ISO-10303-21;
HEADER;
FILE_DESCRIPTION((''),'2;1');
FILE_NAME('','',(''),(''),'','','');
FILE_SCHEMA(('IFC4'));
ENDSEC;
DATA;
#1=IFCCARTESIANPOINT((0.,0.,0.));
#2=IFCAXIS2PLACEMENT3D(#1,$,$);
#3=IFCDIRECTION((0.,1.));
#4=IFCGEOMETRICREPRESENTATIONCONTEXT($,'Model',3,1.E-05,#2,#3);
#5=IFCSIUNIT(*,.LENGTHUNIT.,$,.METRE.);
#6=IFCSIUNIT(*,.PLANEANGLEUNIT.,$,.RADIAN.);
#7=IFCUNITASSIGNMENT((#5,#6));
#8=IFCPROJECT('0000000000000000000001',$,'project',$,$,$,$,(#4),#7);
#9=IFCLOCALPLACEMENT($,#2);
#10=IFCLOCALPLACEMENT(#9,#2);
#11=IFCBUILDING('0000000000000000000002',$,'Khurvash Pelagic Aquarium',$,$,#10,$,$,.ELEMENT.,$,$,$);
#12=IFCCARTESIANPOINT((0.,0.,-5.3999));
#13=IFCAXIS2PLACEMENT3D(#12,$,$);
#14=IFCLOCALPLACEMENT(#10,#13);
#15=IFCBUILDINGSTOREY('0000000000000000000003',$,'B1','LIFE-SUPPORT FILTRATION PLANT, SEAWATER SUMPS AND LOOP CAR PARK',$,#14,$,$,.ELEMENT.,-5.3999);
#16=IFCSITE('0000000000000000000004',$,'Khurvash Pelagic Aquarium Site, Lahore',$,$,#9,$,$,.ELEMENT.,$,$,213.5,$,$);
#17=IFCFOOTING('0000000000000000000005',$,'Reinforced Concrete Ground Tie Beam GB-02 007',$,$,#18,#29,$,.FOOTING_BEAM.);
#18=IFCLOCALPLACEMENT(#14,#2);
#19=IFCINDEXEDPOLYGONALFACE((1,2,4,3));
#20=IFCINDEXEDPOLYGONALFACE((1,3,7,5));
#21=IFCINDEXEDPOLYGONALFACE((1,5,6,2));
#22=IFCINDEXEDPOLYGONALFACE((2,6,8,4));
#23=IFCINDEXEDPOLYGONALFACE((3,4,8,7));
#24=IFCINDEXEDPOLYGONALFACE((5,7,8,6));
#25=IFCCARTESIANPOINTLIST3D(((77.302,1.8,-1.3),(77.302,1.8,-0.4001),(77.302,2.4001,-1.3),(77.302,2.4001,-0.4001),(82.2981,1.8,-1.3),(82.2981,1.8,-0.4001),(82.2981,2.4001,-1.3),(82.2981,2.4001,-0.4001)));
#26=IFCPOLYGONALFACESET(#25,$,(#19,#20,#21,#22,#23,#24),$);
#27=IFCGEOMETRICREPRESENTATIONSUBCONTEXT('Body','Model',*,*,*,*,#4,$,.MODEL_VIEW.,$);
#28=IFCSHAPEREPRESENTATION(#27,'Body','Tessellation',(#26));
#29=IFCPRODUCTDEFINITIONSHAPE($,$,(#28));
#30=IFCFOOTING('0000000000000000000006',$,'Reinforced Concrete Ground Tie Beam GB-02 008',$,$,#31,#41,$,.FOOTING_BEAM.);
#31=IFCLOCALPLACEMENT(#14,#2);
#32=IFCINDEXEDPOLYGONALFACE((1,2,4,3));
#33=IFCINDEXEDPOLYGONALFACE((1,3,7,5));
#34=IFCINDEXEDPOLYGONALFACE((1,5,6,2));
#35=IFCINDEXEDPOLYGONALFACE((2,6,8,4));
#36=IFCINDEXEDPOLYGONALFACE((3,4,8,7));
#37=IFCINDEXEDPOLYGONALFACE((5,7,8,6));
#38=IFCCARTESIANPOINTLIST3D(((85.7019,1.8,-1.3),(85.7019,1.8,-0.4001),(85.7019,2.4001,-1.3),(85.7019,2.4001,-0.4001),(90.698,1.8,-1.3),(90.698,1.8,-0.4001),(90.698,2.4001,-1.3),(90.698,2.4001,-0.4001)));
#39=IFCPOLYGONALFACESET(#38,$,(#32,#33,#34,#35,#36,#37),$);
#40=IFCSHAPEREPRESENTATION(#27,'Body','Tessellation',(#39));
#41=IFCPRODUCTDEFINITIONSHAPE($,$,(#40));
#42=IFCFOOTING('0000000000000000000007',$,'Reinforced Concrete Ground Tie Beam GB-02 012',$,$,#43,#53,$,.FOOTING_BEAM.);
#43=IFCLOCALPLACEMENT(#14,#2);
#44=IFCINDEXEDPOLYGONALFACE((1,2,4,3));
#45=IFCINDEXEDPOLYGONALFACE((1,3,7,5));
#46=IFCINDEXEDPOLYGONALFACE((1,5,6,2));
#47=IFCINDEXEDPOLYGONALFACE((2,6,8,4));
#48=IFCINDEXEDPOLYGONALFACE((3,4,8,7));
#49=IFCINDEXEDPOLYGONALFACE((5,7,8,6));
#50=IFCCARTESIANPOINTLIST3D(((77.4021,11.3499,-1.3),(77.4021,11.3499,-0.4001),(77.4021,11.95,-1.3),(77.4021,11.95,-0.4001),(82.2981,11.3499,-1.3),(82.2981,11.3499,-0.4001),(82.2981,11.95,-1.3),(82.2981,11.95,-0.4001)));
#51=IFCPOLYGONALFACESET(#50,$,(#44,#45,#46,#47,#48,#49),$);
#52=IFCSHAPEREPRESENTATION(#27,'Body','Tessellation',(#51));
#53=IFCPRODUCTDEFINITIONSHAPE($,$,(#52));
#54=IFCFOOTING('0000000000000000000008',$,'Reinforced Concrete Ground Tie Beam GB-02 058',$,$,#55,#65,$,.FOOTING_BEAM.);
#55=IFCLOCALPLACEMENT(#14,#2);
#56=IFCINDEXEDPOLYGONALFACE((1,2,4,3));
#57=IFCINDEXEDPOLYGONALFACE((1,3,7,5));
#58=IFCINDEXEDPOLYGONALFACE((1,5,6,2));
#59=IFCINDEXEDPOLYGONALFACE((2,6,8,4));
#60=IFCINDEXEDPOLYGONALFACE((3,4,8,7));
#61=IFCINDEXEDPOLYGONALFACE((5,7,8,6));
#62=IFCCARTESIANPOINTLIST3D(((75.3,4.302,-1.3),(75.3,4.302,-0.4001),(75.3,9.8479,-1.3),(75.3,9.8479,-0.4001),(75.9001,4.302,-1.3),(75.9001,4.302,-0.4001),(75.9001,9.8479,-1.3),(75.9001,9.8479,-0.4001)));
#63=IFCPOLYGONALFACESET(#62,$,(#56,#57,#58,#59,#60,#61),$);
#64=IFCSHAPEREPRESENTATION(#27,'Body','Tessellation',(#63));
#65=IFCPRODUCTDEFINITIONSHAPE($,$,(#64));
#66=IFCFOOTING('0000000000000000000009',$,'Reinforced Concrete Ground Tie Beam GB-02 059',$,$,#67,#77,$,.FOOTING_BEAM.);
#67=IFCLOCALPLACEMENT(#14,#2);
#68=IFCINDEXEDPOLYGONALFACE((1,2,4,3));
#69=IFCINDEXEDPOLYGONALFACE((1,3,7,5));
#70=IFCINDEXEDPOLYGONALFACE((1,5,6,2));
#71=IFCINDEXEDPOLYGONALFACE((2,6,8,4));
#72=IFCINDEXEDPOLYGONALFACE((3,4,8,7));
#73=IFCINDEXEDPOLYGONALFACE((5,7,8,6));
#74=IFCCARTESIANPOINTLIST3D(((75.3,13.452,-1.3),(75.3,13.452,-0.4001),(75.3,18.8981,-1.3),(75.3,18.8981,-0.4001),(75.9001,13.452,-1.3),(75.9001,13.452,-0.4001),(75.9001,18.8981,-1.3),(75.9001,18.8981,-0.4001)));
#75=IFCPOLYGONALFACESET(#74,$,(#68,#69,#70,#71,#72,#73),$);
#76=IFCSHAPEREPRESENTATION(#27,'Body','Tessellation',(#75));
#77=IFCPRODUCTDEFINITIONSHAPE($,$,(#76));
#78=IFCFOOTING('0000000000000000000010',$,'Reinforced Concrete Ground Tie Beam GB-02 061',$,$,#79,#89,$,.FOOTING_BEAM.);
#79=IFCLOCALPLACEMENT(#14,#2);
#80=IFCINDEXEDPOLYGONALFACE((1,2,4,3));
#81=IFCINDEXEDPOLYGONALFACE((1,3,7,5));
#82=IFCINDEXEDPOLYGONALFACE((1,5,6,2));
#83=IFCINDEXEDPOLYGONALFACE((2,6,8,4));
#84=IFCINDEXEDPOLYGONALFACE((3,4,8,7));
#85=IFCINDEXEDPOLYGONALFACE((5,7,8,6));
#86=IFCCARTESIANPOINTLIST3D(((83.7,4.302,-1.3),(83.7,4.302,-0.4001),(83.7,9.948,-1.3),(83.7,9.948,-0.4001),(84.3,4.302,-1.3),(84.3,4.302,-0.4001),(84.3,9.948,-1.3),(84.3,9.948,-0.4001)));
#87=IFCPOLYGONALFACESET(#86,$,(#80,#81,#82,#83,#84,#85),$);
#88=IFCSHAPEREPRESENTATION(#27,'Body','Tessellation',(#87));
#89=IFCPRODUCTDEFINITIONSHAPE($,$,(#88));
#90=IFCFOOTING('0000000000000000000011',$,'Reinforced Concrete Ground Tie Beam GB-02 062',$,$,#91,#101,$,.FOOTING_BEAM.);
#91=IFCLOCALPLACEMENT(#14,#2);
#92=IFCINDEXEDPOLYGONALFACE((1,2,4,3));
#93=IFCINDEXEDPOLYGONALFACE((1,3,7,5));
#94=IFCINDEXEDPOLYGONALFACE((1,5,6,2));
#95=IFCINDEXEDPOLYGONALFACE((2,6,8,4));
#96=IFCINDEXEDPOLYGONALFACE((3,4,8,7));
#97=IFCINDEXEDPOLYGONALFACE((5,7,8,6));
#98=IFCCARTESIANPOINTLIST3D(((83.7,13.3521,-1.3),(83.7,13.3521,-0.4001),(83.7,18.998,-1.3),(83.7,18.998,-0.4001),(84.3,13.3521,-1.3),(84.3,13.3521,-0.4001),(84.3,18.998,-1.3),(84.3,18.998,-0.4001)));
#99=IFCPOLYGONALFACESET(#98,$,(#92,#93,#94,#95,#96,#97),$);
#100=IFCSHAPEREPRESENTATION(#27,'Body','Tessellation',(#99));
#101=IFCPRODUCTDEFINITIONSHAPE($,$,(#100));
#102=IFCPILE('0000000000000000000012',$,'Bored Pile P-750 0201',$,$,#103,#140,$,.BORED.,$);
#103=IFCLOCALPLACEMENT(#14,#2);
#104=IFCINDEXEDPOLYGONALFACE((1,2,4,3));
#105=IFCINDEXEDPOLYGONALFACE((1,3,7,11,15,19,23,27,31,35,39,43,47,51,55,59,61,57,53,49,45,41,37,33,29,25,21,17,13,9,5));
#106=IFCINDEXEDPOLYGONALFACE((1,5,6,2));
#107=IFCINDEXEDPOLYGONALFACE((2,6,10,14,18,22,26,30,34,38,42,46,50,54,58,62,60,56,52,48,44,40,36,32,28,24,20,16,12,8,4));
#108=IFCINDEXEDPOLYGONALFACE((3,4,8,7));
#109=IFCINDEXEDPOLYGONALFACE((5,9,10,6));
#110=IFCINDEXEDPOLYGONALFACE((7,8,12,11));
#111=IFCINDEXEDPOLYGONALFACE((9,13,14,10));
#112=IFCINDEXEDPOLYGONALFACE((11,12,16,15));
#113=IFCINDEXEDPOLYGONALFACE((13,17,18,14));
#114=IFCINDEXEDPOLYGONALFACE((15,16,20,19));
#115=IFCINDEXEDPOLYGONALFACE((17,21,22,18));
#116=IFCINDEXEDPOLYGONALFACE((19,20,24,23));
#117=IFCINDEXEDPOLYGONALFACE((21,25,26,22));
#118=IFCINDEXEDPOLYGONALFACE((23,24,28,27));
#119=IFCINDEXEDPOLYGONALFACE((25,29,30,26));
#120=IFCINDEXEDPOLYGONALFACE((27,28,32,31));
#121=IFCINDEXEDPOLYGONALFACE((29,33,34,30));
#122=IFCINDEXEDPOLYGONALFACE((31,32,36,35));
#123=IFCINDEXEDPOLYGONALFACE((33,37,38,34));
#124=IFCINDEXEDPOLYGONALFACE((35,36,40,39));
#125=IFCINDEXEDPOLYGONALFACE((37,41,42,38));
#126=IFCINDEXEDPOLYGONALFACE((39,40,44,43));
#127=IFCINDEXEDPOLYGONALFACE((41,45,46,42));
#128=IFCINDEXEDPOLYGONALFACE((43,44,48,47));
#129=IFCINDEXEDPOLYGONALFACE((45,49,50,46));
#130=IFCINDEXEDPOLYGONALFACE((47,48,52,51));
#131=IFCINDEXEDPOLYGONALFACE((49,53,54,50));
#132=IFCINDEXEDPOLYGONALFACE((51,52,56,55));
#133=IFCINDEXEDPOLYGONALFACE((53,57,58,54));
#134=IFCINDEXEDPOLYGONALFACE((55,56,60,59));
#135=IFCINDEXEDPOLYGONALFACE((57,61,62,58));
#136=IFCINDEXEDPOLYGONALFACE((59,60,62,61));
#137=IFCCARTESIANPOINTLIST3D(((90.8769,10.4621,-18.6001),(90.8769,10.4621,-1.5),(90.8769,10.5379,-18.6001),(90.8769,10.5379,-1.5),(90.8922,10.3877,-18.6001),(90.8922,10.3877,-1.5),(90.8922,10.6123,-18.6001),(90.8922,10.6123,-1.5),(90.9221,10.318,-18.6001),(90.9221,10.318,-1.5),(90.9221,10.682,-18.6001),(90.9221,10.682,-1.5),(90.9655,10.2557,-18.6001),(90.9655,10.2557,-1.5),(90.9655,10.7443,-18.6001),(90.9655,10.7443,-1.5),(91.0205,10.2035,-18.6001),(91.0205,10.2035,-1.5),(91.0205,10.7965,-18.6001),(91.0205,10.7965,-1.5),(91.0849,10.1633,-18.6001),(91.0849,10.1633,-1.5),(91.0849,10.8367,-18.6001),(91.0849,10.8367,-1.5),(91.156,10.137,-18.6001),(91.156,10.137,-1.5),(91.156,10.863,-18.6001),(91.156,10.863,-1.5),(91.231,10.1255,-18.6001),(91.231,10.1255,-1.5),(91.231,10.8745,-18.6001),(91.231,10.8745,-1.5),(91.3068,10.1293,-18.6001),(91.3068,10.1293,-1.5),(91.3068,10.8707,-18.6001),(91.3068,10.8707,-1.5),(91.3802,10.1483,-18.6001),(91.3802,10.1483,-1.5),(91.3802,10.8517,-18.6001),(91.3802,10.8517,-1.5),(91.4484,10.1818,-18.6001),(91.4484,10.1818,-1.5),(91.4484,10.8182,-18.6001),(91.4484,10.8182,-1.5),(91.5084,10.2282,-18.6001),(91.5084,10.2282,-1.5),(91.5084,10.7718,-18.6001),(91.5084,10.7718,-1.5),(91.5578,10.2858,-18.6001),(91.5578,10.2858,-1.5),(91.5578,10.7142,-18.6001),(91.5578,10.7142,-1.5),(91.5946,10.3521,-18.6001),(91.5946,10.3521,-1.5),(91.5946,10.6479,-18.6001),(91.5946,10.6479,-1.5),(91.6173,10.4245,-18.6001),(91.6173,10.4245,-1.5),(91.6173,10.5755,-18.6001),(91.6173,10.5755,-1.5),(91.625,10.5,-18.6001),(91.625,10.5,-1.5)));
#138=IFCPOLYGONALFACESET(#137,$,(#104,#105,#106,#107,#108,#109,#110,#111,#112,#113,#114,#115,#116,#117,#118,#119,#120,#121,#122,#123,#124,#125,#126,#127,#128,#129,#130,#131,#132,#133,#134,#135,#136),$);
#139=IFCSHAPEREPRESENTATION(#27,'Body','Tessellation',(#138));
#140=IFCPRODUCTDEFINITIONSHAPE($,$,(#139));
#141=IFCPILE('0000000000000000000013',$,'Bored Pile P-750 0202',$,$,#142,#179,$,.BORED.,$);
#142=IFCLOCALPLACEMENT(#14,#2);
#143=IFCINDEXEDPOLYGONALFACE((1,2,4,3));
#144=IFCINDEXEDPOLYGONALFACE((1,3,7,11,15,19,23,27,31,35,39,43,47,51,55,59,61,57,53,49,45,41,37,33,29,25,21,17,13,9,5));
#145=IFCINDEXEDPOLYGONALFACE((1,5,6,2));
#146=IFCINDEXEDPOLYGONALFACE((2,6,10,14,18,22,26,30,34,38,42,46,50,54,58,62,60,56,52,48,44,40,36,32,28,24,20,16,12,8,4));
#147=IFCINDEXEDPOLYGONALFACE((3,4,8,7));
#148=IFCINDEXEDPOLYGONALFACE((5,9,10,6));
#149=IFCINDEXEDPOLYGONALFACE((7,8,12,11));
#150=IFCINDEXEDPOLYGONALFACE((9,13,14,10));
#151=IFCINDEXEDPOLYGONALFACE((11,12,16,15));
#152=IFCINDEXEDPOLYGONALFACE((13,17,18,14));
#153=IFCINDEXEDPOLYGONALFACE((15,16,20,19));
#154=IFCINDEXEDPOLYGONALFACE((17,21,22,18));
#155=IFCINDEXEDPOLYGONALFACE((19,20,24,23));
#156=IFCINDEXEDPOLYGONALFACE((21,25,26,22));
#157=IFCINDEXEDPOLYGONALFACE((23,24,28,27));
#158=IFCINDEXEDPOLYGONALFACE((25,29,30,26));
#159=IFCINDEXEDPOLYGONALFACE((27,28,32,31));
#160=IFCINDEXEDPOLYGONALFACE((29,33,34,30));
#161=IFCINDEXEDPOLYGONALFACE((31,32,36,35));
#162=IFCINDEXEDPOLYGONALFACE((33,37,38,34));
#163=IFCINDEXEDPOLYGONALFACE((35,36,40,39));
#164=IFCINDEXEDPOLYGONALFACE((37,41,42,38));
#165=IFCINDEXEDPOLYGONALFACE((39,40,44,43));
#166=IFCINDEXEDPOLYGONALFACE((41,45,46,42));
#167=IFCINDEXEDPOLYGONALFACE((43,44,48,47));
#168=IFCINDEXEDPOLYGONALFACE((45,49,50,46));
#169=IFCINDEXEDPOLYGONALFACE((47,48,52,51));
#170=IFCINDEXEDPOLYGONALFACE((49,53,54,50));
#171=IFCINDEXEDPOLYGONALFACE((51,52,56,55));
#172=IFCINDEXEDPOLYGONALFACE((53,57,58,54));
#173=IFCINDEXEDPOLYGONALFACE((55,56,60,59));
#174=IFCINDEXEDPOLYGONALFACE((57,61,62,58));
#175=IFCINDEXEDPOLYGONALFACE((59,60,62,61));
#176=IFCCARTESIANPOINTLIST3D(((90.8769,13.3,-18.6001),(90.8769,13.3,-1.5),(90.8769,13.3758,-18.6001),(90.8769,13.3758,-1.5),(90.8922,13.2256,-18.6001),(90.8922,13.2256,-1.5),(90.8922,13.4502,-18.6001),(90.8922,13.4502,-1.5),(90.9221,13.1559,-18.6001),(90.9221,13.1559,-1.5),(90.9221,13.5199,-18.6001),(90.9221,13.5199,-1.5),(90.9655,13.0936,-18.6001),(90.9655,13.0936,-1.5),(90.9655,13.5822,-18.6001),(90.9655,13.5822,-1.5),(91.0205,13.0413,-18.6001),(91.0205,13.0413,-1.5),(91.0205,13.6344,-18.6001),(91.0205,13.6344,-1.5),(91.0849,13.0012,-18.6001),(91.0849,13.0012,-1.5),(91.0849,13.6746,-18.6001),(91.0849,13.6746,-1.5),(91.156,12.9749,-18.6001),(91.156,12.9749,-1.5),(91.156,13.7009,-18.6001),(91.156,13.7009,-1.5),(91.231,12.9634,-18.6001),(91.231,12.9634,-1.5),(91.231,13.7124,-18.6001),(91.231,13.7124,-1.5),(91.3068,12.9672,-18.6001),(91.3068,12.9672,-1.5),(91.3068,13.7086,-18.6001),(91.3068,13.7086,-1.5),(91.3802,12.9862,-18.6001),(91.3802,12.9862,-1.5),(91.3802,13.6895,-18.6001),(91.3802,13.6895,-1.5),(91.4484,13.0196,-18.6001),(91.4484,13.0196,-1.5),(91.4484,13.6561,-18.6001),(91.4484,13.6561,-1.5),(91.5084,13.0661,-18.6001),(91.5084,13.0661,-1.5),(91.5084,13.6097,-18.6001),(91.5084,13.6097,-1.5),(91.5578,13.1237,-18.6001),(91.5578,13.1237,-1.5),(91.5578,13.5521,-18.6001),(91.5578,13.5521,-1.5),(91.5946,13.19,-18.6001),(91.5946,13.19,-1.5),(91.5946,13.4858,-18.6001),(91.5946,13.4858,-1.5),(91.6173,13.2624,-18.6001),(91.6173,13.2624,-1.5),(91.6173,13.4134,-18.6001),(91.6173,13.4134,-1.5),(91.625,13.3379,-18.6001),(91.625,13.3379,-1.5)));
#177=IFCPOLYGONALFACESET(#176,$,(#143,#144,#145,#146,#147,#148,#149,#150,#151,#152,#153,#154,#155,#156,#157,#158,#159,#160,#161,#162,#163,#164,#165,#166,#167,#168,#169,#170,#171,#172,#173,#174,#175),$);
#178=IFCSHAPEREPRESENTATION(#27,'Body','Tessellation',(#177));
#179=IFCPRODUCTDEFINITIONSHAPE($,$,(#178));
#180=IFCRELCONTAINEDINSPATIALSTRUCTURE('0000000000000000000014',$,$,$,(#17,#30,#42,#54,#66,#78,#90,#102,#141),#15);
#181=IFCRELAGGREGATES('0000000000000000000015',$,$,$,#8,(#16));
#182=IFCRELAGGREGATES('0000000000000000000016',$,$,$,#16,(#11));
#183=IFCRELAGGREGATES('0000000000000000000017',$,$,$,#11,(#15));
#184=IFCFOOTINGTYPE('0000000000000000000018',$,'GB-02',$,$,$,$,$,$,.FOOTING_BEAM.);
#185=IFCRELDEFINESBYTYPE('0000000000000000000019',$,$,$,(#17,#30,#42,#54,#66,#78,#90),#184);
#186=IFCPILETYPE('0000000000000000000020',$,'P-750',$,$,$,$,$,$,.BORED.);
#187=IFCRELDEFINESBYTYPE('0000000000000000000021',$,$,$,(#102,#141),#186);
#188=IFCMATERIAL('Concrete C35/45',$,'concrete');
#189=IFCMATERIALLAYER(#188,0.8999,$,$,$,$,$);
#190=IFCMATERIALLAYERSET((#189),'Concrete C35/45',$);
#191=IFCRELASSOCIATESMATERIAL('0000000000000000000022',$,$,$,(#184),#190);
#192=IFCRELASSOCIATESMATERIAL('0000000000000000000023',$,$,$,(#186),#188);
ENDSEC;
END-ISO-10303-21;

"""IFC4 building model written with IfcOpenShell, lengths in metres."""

from ifc_helpers import new_model, si_unit, direction, frame, origin, origin_2d, place, context, subcontext, project, spatial, rectangle, circle, extrude, material, layer, layer_set, material_profile, profile_set, type_object, element, save


model = new_model("IFC4")

# Units and contexts
model_context = context("Model", 3, precision=1e-05, world=origin(), true_north=direction((0.0, 1.0)))
body_context = subcontext(model_context, "Body", "Model", "MODEL_VIEW")
ifc_project = project(units=[si_unit("LENGTHUNIT", "METRE"), si_unit("PLANEANGLEUNIT", "RADIAN")], contexts=[model_context])

# Site, building, storey
site_placement = place(None, origin())
site = spatial("IfcSite", under=ifc_project, at=site_placement, Name="Khurvash Pelagic Aquarium Site, Lahore", CompositionType="ELEMENT", RefElevation=213.5)
building_placement = place(site_placement, origin())
building = spatial("IfcBuilding", under=site, at=building_placement, Name="Khurvash Pelagic Aquarium", CompositionType="ELEMENT")
storey_placement = place(building_placement, frame((0.0, 0.0, -5.3999)))
storey = spatial("IfcBuildingStorey", under=building, at=storey_placement, Name="B1", Description="LIFE-SUPPORT FILTRATION PLANT, SEAWATER SUMPS AND LOOP CAR PARK", CompositionType="ELEMENT", Elevation=-5.3999)

# Footings
ifc_material_1 = material(Name="Concrete C35/45", Category="concrete")
ifc_layer_1 = layer(ifc_material_1, 0.8999)
ifc_layer_set_1 = layer_set([ifc_layer_1], Name="Concrete C35/45")
footing_type_1 = type_object("IfcFootingType", Name="GB-02", PredefinedType="FOOTING_BEAM", material=ifc_layer_set_1)
for number, where, z_axis, x_axis, name in (
    (1, (79.8, 2.1001, -1.3), (0.0, 0.0, 1.0), (1.0, 0.0, 0.0), "Reinforced Concrete Ground Tie Beam GB-02 007"),
    (2, (88.2, 2.1001, -1.3), (0.0, 0.0, 1.0), (1.0, 0.0, 0.0), "Reinforced Concrete Ground Tie Beam GB-02 008"),
):
    element("IfcFooting", number, at=place(storey_placement, frame(where, z_axis=z_axis, x_axis=x_axis)), inside=storey, type_object=footing_type_1, Name=name, PredefinedType="FOOTING_BEAM", context=body_context, shape_type="SweptSolid", body=[
        extrude(rectangle(XDim=4.9961, YDim=0.6001, at=origin_2d()), origin(), (0.0, 0.0, 1.0), 0.8999),
    ])
footing_1_placement = place(storey_placement, frame((79.8501, 11.6499, -1.3), z_axis=(0.0, 0.0, 1.0), x_axis=(1.0, 0.0, 0.0)))
element("IfcFooting", 3, at=footing_1_placement, inside=storey, type_object=footing_type_1, Name="Reinforced Concrete Ground Tie Beam GB-02 012", PredefinedType="FOOTING_BEAM", context=body_context, shape_type="SweptSolid", body=[
    extrude(rectangle(XDim=4.896, YDim=0.6001, at=origin_2d()), origin(), (0.0, 0.0, 1.0), 0.8999),
])
footing_2_placement = place(storey_placement, frame((75.6001, 7.075, -1.3), z_axis=(0.0, 0.0, 1.0), x_axis=(0.0, 1.0, 0.0)))
element("IfcFooting", 4, at=footing_2_placement, inside=storey, type_object=footing_type_1, Name="Reinforced Concrete Ground Tie Beam GB-02 058", PredefinedType="FOOTING_BEAM", context=body_context, shape_type="SweptSolid", body=[
    extrude(rectangle(XDim=5.5459, YDim=0.6001, at=origin_2d()), origin(), (0.0, 0.0, 1.0), 0.8999),
])
footing_3_placement = place(storey_placement, frame((75.6001, 16.175, -1.3), z_axis=(0.0, 0.0, 1.0), x_axis=(0.0, 1.0, 0.0)))
element("IfcFooting", 5, at=footing_3_placement, inside=storey, type_object=footing_type_1, Name="Reinforced Concrete Ground Tie Beam GB-02 059", PredefinedType="FOOTING_BEAM", context=body_context, shape_type="SweptSolid", body=[
    extrude(rectangle(XDim=5.446, YDim=0.6001, at=origin_2d()), origin(), (0.0, 0.0, 1.0), 0.8999),
])
for number, where, z_axis, x_axis, name in (
    (6, (84.0, 7.125, -1.3), (0.0, 0.0, 1.0), (0.0, 1.0, 0.0), "Reinforced Concrete Ground Tie Beam GB-02 061"),
    (7, (84.0, 16.175, -1.3), (0.0, 0.0, 1.0), (0.0, 1.0, 0.0), "Reinforced Concrete Ground Tie Beam GB-02 062"),
):
    element("IfcFooting", number, at=place(storey_placement, frame(where, z_axis=z_axis, x_axis=x_axis)), inside=storey, type_object=footing_type_1, Name=name, PredefinedType="FOOTING_BEAM", context=body_context, shape_type="SweptSolid", body=[
        extrude(rectangle(XDim=5.646, YDim=0.6001, at=origin_2d()), origin(), (0.0, 0.0, 1.0), 0.8999),
    ])

# Piles
ifc_material_profile_1 = material_profile(ifc_material_1, circle(Radius=0.375, at=origin_2d()), Name="PILE750")
ifc_profile_set_1 = profile_set([ifc_material_profile_1], Name="Concrete C35/45")
pile_type = type_object("IfcPileType", Name="P-750", PredefinedType="BORED", material=ifc_profile_set_1)
for number, where, z_axis, x_axis, name in (
    (8, (91.25, 10.5, -1.5), (0.0, 0.0, -1.0), (1.0, 0.0, 0.0), "Bored Pile P-750 0201"),
    (9, (91.25, 13.3379, -1.5), (0.0, 0.0, -1.0), (1.0, 0.0, 0.0), "Bored Pile P-750 0202"),
):
    element("IfcPile", number, at=place(storey_placement, frame(where, z_axis=z_axis, x_axis=x_axis)), inside=storey, type_object=pile_type, Name=name, PredefinedType="BORED", context=body_context, shape_type="SweptSolid", body=[
        extrude(circle(Radius=0.375, at=origin_2d()), origin(), (0.0, 0.0, 1.0), 17.1001),
    ])

save(model, "model.ifc")
